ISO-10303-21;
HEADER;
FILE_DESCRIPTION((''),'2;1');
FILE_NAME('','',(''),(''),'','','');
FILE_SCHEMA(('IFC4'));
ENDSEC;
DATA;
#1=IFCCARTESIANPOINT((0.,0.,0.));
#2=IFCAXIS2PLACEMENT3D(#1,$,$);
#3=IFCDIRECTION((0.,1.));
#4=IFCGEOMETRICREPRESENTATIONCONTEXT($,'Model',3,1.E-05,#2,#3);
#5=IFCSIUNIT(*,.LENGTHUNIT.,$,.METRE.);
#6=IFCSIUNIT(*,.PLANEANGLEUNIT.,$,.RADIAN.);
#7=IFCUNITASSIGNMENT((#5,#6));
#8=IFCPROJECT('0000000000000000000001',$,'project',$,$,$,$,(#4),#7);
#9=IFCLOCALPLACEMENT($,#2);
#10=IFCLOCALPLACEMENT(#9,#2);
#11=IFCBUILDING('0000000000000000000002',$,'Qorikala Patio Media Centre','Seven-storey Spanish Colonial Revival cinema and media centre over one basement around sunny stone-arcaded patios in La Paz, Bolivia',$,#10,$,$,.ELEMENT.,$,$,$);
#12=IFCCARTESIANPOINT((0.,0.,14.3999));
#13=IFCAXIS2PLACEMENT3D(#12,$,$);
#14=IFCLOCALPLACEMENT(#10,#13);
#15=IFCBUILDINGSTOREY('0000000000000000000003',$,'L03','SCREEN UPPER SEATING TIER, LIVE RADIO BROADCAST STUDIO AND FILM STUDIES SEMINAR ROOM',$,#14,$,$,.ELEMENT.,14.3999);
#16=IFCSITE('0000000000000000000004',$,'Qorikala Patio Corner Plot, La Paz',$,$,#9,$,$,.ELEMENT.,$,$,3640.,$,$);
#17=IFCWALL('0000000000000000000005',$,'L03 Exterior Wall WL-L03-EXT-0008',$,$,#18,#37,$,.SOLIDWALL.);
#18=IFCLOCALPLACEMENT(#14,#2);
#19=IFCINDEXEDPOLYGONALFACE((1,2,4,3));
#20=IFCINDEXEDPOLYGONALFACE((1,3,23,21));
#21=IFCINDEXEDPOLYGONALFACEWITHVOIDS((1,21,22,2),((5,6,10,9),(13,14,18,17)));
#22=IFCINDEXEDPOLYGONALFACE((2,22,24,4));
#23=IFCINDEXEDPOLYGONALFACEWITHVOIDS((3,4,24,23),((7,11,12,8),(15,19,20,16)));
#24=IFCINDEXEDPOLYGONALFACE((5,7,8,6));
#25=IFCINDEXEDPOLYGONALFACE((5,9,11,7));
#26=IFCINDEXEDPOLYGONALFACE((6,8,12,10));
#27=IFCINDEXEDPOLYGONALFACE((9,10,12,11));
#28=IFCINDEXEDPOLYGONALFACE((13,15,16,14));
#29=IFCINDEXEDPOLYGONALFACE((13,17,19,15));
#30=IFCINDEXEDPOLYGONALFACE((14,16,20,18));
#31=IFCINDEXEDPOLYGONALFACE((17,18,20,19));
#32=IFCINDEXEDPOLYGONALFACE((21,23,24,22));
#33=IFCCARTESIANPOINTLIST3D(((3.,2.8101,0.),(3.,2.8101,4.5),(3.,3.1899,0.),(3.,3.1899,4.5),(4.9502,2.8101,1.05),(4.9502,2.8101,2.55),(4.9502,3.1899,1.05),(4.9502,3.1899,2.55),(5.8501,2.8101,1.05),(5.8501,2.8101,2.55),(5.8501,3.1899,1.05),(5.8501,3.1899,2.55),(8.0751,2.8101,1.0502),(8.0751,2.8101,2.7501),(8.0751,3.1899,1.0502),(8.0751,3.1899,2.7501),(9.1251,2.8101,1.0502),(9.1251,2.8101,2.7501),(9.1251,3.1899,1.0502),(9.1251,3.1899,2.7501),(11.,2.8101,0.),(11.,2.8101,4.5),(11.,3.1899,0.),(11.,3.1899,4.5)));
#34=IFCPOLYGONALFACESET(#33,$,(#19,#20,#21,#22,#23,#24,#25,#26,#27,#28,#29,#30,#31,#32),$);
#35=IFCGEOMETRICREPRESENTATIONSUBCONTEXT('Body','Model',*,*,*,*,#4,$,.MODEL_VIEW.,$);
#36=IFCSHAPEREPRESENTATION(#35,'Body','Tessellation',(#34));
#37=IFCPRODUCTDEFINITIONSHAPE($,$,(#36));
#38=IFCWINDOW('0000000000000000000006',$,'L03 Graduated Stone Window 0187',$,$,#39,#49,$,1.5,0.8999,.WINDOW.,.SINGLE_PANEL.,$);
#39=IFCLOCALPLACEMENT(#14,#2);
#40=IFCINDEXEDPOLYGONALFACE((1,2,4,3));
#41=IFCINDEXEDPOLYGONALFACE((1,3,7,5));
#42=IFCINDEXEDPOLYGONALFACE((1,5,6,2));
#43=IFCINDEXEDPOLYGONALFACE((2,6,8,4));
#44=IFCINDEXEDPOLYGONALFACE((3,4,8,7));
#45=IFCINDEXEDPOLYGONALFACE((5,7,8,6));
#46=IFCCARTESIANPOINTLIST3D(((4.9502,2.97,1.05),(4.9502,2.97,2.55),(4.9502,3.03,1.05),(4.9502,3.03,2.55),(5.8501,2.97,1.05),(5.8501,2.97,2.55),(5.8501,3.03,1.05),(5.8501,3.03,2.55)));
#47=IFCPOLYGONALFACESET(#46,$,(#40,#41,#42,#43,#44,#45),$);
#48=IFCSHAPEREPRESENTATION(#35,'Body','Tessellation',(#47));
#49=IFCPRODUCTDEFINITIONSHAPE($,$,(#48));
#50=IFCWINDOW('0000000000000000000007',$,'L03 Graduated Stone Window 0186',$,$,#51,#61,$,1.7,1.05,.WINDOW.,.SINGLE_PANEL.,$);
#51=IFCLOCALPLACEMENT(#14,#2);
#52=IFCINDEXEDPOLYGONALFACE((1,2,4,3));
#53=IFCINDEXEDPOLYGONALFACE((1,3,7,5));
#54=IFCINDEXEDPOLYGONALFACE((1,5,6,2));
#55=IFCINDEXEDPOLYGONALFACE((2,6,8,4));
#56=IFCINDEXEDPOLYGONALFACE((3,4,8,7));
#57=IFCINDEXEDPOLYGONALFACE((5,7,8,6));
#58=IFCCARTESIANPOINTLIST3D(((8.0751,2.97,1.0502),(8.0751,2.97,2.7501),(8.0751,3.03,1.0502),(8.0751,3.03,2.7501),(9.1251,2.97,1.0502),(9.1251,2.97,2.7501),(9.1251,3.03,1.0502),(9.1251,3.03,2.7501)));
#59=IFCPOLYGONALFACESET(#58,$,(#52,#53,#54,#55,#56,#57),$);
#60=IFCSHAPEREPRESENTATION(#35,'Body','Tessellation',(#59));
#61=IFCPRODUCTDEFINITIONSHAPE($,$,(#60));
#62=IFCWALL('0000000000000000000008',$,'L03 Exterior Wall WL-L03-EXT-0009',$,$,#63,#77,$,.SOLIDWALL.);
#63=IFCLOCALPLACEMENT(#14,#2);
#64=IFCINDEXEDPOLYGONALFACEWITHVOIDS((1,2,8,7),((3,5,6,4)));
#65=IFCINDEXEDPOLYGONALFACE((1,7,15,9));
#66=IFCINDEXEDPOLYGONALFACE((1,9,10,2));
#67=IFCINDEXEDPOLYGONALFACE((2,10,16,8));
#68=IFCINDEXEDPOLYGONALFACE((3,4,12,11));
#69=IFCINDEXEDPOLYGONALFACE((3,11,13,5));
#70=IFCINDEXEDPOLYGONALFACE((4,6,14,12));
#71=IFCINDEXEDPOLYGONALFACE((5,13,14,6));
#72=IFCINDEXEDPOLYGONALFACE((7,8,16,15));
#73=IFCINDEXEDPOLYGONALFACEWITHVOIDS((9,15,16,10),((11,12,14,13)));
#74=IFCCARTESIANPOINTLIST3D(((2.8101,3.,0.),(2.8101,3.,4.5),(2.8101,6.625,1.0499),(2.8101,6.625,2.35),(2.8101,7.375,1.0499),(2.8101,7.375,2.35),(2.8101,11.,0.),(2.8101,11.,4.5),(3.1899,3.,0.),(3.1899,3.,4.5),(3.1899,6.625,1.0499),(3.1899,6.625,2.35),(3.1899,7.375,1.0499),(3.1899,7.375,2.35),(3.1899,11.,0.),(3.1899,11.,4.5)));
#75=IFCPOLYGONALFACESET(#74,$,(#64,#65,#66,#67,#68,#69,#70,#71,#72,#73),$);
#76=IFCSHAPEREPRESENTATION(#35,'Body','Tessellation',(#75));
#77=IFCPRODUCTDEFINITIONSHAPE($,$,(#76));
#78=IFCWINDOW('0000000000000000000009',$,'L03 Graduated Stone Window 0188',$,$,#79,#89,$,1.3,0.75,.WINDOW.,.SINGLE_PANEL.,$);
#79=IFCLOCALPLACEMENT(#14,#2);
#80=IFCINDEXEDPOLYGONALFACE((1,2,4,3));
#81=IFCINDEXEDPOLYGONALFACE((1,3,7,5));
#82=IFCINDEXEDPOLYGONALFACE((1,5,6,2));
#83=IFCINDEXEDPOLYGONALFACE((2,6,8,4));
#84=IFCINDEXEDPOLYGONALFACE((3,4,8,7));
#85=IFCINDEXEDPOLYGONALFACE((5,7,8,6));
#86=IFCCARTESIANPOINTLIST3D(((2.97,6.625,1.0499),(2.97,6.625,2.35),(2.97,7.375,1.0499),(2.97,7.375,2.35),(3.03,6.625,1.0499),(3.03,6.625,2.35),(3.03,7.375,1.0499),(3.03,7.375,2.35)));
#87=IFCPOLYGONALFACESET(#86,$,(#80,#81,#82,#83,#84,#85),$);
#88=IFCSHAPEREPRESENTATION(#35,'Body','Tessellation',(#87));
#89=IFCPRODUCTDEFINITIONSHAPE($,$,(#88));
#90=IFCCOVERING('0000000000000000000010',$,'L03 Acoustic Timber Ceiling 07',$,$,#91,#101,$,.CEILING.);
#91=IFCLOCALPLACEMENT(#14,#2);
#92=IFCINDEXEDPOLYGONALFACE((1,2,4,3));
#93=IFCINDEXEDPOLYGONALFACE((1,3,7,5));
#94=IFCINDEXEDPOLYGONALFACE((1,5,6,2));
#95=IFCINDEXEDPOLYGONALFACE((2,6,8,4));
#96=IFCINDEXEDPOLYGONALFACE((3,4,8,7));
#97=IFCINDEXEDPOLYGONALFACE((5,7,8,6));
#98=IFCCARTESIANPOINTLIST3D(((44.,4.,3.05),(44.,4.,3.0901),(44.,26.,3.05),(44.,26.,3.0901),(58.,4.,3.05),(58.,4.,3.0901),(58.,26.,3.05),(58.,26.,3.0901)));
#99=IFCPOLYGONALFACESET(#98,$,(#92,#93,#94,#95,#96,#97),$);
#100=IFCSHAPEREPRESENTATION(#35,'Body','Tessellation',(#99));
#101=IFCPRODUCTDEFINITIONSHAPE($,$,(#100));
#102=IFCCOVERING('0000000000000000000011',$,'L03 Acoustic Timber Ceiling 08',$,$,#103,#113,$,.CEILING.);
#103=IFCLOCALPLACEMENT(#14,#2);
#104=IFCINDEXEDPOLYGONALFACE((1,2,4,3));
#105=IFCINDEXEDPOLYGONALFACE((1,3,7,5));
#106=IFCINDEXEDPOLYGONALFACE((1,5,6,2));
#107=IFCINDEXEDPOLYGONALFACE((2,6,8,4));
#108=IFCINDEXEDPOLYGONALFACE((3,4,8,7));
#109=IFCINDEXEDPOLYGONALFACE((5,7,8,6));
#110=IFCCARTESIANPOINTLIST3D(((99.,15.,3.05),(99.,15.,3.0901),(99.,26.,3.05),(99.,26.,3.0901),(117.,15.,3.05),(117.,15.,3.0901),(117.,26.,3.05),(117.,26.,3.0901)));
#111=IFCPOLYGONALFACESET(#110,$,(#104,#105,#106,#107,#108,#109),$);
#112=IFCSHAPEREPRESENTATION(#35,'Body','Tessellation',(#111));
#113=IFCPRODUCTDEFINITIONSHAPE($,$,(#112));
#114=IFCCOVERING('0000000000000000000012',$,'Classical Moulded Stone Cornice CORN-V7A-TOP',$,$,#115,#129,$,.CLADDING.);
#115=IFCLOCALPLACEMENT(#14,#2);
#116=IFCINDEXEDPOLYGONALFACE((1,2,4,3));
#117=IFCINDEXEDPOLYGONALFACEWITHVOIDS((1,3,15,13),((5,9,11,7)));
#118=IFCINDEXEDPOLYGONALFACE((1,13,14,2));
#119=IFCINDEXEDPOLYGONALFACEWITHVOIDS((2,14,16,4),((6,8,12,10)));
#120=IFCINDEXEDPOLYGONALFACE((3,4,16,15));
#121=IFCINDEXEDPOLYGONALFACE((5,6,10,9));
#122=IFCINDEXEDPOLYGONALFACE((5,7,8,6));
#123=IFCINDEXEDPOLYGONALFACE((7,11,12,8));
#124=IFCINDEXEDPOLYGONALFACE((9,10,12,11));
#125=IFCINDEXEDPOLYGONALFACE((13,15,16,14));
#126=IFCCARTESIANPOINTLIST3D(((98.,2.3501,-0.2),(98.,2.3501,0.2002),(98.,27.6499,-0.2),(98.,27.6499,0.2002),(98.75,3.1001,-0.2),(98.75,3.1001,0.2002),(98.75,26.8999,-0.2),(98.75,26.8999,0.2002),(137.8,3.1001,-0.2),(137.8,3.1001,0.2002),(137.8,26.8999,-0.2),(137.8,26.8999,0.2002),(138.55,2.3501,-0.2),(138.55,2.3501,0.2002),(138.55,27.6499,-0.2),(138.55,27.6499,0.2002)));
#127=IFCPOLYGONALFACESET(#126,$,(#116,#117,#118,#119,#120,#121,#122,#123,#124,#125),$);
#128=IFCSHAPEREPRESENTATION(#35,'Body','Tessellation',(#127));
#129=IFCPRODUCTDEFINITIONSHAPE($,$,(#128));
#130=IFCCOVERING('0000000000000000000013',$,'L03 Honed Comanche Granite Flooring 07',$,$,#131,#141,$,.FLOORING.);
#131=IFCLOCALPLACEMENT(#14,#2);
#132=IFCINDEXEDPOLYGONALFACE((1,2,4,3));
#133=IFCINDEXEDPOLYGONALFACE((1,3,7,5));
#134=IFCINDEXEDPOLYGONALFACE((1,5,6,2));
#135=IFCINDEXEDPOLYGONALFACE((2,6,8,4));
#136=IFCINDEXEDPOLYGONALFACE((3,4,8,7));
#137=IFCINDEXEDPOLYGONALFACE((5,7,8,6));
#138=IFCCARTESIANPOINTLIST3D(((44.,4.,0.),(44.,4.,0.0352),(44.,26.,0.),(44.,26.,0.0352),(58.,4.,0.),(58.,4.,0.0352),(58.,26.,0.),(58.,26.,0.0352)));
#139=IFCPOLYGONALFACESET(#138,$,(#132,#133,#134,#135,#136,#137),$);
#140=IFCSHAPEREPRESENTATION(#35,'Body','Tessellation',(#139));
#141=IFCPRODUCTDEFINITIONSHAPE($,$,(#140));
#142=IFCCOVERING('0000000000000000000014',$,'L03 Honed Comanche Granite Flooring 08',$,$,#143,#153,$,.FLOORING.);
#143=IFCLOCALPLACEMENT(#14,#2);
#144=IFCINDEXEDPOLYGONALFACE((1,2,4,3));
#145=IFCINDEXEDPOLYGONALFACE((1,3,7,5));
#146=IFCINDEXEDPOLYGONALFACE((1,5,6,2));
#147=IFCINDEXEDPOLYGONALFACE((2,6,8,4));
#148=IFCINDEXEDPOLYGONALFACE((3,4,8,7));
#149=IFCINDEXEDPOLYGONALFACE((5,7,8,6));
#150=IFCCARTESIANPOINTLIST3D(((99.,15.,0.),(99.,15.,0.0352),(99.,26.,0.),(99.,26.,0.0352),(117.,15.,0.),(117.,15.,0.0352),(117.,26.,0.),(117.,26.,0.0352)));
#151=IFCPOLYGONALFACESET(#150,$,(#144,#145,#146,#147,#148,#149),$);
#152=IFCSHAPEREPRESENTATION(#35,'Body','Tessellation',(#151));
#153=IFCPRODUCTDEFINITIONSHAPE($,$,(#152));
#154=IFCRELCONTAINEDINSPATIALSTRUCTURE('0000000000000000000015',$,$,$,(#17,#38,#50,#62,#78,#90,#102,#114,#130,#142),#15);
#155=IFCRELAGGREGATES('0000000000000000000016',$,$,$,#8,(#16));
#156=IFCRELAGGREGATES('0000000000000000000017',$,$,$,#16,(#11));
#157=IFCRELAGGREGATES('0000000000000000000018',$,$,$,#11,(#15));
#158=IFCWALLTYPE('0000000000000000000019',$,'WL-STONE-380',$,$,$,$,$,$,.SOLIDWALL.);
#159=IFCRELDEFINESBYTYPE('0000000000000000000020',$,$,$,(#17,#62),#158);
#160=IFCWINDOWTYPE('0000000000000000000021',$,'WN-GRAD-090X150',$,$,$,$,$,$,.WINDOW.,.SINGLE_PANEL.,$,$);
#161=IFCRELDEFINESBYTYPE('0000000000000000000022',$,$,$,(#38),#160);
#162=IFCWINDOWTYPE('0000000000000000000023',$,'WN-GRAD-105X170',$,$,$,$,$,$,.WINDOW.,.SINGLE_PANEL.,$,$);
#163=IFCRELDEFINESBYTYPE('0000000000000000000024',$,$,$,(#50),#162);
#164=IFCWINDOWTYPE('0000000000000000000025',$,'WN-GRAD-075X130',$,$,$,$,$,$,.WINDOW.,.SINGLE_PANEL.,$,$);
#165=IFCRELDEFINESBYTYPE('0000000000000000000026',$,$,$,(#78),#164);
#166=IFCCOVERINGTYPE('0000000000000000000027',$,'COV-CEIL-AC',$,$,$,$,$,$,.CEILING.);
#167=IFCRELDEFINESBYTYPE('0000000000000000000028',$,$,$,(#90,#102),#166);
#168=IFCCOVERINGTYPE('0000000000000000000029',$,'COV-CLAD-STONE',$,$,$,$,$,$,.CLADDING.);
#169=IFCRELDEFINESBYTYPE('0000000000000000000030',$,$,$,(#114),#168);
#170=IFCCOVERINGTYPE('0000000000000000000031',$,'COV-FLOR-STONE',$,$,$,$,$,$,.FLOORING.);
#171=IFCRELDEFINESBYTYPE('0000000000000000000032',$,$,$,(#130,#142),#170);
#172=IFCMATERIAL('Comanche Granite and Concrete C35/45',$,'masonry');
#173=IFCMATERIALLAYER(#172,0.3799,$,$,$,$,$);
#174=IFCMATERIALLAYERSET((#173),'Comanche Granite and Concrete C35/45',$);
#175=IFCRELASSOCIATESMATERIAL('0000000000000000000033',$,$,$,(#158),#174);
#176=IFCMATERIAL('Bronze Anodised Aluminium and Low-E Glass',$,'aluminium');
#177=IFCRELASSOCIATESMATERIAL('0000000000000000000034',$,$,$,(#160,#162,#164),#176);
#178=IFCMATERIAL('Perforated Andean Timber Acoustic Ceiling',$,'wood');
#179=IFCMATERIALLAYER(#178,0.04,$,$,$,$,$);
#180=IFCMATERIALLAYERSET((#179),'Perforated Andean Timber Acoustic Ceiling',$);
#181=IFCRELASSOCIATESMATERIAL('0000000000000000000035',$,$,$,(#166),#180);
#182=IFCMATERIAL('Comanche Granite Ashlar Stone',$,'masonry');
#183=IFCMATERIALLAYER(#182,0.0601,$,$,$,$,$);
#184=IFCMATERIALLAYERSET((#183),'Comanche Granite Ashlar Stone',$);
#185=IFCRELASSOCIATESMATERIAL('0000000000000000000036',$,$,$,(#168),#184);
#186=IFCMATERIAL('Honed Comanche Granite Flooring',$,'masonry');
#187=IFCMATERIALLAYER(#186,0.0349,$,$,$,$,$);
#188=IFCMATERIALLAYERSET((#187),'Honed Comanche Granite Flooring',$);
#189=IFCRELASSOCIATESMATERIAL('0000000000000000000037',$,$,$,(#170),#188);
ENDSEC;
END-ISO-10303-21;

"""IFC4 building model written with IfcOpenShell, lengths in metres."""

from ifc_helpers import new_model, si_unit, direction, frame, frame_2d, origin, place, context, subcontext, project, spatial, polyline, rectangle, outline, extrude, material, layer, layer_set, type_object, element, fill, save


model = new_model("IFC4")

# Units and contexts
model_context = context("Model", 3, precision=1e-05, world=origin(), true_north=direction((0.0, 1.0)))
body_context = subcontext(model_context, "Body", "Model", "MODEL_VIEW")
ifc_project = project(units=[si_unit("LENGTHUNIT", "METRE"), si_unit("PLANEANGLEUNIT", "RADIAN")], contexts=[model_context])

# Site, building, storey
site_placement = place(None, origin())
site = spatial("IfcSite", under=ifc_project, at=site_placement, Name="Qorikala Patio Corner Plot, La Paz", CompositionType="ELEMENT", RefElevation=3640.0)
building_placement = place(site_placement, origin())
building = spatial("IfcBuilding", under=site, at=building_placement, Name="Qorikala Patio Media Centre", Description="Seven-storey Spanish Colonial Revival cinema and media centre over one basement around sunny stone-arcaded patios in La Paz, Bolivia", CompositionType="ELEMENT")
storey_placement = place(building_placement, frame((0.0, 0.0, 14.3999)))
storey = spatial("IfcBuildingStorey", under=building, at=storey_placement, Name="L03", Description="SCREEN UPPER SEATING TIER, LIVE RADIO BROADCAST STUDIO AND FILM STUDIES SEMINAR ROOM", CompositionType="ELEMENT", Elevation=14.3999)

# Wall, openings, windows
ifc_material_1 = material(Name="Comanche Granite and Concrete C35/45", Category="masonry")
ifc_layer_1 = layer(ifc_material_1, 0.3799)
ifc_layer_set_1 = layer_set([ifc_layer_1], Name="Comanche Granite and Concrete C35/45")
wall_type = type_object("IfcWallType", Name="WL-STONE-380", PredefinedType="SOLIDWALL", material=ifc_layer_set_1)
wall_1_placement = place(storey_placement, frame((11.0, 3.0, 0.0), z_axis=(0.0, 0.0, 1.0), x_axis=(-1.0, 0.0, 0.0)))
wall_1 = element("IfcWall", 1, at=wall_1_placement, inside=storey, type_object=wall_type, Name="L03 Exterior Wall WL-L03-EXT-0008", PredefinedType="SOLIDWALL", context=body_context, shape_type="SweptSolid", body=[
    extrude(rectangle(XDim=8.0, YDim=0.3799, at=frame_2d((4.0, 0.0))), origin(), (0.0, 0.0, 1.0), 4.5),
])
opening_1_placement = place(wall_1_placement, frame((1.875, 0.0, 1.05)))
opening_1 = element("IfcOpeningElement", 2, at=opening_1_placement, cuts=wall_1, PredefinedType="OPENING", context=body_context, shape_type="SweptSolid", body=[
    extrude(rectangle(XDim=1.05, YDim=1.7, at=frame_2d((0.5249, 0.8501))), frame((0.0, 0.2, 0.0), z_axis=(0.0, -1.0, 0.0), x_axis=(1.0, 0.0, 0.0)), (0.0, 0.0, 1.0), 0.3999),
])
opening_2_placement = place(wall_1_placement, frame((5.1499, 0.0, 1.05)))
opening_2 = element("IfcOpeningElement", 3, at=opening_2_placement, cuts=wall_1, PredefinedType="OPENING", context=body_context, shape_type="SweptSolid", body=[
    extrude(rectangle(XDim=0.8999, YDim=1.5, at=frame_2d((0.45, 0.75))), frame((0.0, 0.2, 0.0), z_axis=(0.0, -1.0, 0.0), x_axis=(1.0, 0.0, 0.0)), (0.0, 0.0, 1.0), 0.3999),
])
ifc_material_2 = material(Name="Bronze Anodised Aluminium and Low-E Glass", Category="aluminium")
window_type_1 = type_object("IfcWindowType", Name="WN-GRAD-090X150", PartitioningType="SINGLE_PANEL", PredefinedType="WINDOW", material=ifc_material_2)
window_1_placement = place(opening_2_placement, origin())
window_1 = element("IfcWindow", 4, at=window_1_placement, inside=storey, type_object=window_type_1, Name="L03 Graduated Stone Window 0187", OverallHeight=1.5, OverallWidth=0.8999, PartitioningType="SINGLE_PANEL", PredefinedType="WINDOW", context=body_context, shape_type="SweptSolid", body=[
    extrude(rectangle(XDim=0.8999, YDim=1.5, at=frame_2d((0.45, 0.75))), frame((0.0, 0.03, 0.0), z_axis=(0.0, -1.0, 0.0), x_axis=(1.0, 0.0, 0.0)), (0.0, 0.0, 1.0), 0.0601),
])
fill(opening_2, window_1)
window_type_2 = type_object("IfcWindowType", Name="WN-GRAD-105X170", PartitioningType="SINGLE_PANEL", PredefinedType="WINDOW", material=ifc_material_2)
window_2_placement = place(opening_1_placement, origin())
window_2 = element("IfcWindow", 5, at=window_2_placement, inside=storey, type_object=window_type_2, Name="L03 Graduated Stone Window 0186", OverallHeight=1.7, OverallWidth=1.05, PartitioningType="SINGLE_PANEL", PredefinedType="WINDOW", context=body_context, shape_type="SweptSolid", body=[
    extrude(rectangle(XDim=1.05, YDim=1.7, at=frame_2d((0.5249, 0.8501))), frame((0.0, 0.03, 0.0), z_axis=(0.0, -1.0, 0.0), x_axis=(1.0, 0.0, 0.0)), (0.0, 0.0, 1.0), 0.0601),
])
fill(opening_1, window_2)

# Wall, opening, window
wall_2_placement = place(storey_placement, frame((3.0, 3.0, 0.0), z_axis=(0.0, 0.0, 1.0), x_axis=(0.0, 1.0, 0.0)))
wall_2 = element("IfcWall", 6, at=wall_2_placement, inside=storey, type_object=wall_type, Name="L03 Exterior Wall WL-L03-EXT-0009", PredefinedType="SOLIDWALL", context=body_context, shape_type="SweptSolid", body=[
    extrude(rectangle(XDim=8.0, YDim=0.3799, at=frame_2d((4.0, 0.0))), origin(), (0.0, 0.0, 1.0), 4.5),
])
opening_3_placement = place(wall_2_placement, frame((3.625, 0.0, 1.05)))
opening_3 = element("IfcOpeningElement", 7, at=opening_3_placement, cuts=wall_2, PredefinedType="OPENING", context=body_context, shape_type="SweptSolid", body=[
    extrude(rectangle(XDim=0.75, YDim=1.3, at=frame_2d((0.375, 0.6499))), frame((0.0, 0.2, 0.0), z_axis=(0.0, -1.0, 0.0), x_axis=(1.0, 0.0, 0.0)), (0.0, 0.0, 1.0), 0.3999),
])
window_type_3 = type_object("IfcWindowType", Name="WN-GRAD-075X130", PartitioningType="SINGLE_PANEL", PredefinedType="WINDOW", material=ifc_material_2)
window_3_placement = place(opening_3_placement, origin())
window_3 = element("IfcWindow", 8, at=window_3_placement, inside=storey, type_object=window_type_3, Name="L03 Graduated Stone Window 0188", OverallHeight=1.3, OverallWidth=0.75, PartitioningType="SINGLE_PANEL", PredefinedType="WINDOW", context=body_context, shape_type="SweptSolid", body=[
    extrude(rectangle(XDim=0.75, YDim=1.3, at=frame_2d((0.375, 0.6499))), frame((0.0, 0.03, 0.0), z_axis=(0.0, -1.0, 0.0), x_axis=(1.0, 0.0, 0.0)), (0.0, 0.0, 1.0), 0.0601),
])
fill(opening_3, window_3)

# Coverings
ifc_material_3 = material(Name="Perforated Andean Timber Acoustic Ceiling", Category="wood")
ifc_layer_2 = layer(ifc_material_3, 0.04)
ifc_layer_set_2 = layer_set([ifc_layer_2], Name="Perforated Andean Timber Acoustic Ceiling")
covering_type_1 = type_object("IfcCoveringType", Name="COV-CEIL-AC", PredefinedType="CEILING", material=ifc_layer_set_2)
covering_1_placement = place(storey_placement, frame((0.0, 0.0, 3.05)))
element("IfcCovering", 9, at=covering_1_placement, inside=storey, type_object=covering_type_1, Name="L03 Acoustic Timber Ceiling 07", PredefinedType="CEILING", context=body_context, shape_type="SweptSolid", body=[
    extrude(outline(polyline([(44.0, 4.0), (58.0, 4.0), (58.0, 26.0), (44.0, 26.0), (44.0, 4.0)])), origin(), (0.0, 0.0, 1.0), 0.04),
])
covering_2_placement = place(storey_placement, frame((0.0, 0.0, 3.05)))
element("IfcCovering", 10, at=covering_2_placement, inside=storey, type_object=covering_type_1, Name="L03 Acoustic Timber Ceiling 08", PredefinedType="CEILING", context=body_context, shape_type="SweptSolid", body=[
    extrude(outline(polyline([(99.0, 15.0), (117.0, 15.0), (117.0, 26.0), (99.0, 26.0), (99.0, 15.0)])), origin(), (0.0, 0.0, 1.0), 0.04),
])
ifc_material_4 = material(Name="Comanche Granite Ashlar Stone", Category="masonry")
ifc_layer_3 = layer(ifc_material_4, 0.0601)
ifc_layer_set_3 = layer_set([ifc_layer_3], Name="Comanche Granite Ashlar Stone")
covering_type_2 = type_object("IfcCoveringType", Name="COV-CLAD-STONE", PredefinedType="CLADDING", material=ifc_layer_set_3)
covering_3_placement = place(storey_placement, frame((0.0, 0.0, -0.2)))
element("IfcCovering", 11, at=covering_3_placement, inside=storey, type_object=covering_type_2, Name="Classical Moulded Stone Cornice CORN-V7A-TOP", PredefinedType="CLADDING", context=body_context, shape_type="SweptSolid", body=[
    extrude(outline(polyline([(98.0, 2.3501), (138.55, 2.3501), (138.55, 27.6499), (98.0, 27.6499), (98.0, 2.3501)]), holes=[polyline([(98.75, 3.1001), (137.8, 3.1001), (137.8, 26.8999), (98.75, 26.8999), (98.75, 3.1001)])]), origin(), (0.0, 0.0, 1.0), 0.4001),
])
ifc_material_5 = material(Name="Honed Comanche Granite Flooring", Category="masonry")
ifc_layer_4 = layer(ifc_material_5, 0.0349)
ifc_layer_set_4 = layer_set([ifc_layer_4], Name="Honed Comanche Granite Flooring")
covering_type_3 = type_object("IfcCoveringType", Name="COV-FLOR-STONE", PredefinedType="FLOORING", material=ifc_layer_set_4)
covering_4_placement = place(storey_placement, origin())
element("IfcCovering", 12, at=covering_4_placement, inside=storey, type_object=covering_type_3, Name="L03 Honed Comanche Granite Flooring 07", PredefinedType="FLOORING", context=body_context, shape_type="SweptSolid", body=[
    extrude(outline(polyline([(44.0, 4.0), (58.0, 4.0), (58.0, 26.0), (44.0, 26.0), (44.0, 4.0)])), origin(), (0.0, 0.0, 1.0), 0.0352),
])
covering_5_placement = place(storey_placement, origin())
element("IfcCovering", 13, at=covering_5_placement, inside=storey, type_object=covering_type_3, Name="L03 Honed Comanche Granite Flooring 08", PredefinedType="FLOORING", context=body_context, shape_type="SweptSolid", body=[
    extrude(outline(polyline([(99.0, 15.0), (117.0, 15.0), (117.0, 26.0), (99.0, 26.0), (99.0, 15.0)])), origin(), (0.0, 0.0, 1.0), 0.0352),
])

save(model, "model.ifc")
